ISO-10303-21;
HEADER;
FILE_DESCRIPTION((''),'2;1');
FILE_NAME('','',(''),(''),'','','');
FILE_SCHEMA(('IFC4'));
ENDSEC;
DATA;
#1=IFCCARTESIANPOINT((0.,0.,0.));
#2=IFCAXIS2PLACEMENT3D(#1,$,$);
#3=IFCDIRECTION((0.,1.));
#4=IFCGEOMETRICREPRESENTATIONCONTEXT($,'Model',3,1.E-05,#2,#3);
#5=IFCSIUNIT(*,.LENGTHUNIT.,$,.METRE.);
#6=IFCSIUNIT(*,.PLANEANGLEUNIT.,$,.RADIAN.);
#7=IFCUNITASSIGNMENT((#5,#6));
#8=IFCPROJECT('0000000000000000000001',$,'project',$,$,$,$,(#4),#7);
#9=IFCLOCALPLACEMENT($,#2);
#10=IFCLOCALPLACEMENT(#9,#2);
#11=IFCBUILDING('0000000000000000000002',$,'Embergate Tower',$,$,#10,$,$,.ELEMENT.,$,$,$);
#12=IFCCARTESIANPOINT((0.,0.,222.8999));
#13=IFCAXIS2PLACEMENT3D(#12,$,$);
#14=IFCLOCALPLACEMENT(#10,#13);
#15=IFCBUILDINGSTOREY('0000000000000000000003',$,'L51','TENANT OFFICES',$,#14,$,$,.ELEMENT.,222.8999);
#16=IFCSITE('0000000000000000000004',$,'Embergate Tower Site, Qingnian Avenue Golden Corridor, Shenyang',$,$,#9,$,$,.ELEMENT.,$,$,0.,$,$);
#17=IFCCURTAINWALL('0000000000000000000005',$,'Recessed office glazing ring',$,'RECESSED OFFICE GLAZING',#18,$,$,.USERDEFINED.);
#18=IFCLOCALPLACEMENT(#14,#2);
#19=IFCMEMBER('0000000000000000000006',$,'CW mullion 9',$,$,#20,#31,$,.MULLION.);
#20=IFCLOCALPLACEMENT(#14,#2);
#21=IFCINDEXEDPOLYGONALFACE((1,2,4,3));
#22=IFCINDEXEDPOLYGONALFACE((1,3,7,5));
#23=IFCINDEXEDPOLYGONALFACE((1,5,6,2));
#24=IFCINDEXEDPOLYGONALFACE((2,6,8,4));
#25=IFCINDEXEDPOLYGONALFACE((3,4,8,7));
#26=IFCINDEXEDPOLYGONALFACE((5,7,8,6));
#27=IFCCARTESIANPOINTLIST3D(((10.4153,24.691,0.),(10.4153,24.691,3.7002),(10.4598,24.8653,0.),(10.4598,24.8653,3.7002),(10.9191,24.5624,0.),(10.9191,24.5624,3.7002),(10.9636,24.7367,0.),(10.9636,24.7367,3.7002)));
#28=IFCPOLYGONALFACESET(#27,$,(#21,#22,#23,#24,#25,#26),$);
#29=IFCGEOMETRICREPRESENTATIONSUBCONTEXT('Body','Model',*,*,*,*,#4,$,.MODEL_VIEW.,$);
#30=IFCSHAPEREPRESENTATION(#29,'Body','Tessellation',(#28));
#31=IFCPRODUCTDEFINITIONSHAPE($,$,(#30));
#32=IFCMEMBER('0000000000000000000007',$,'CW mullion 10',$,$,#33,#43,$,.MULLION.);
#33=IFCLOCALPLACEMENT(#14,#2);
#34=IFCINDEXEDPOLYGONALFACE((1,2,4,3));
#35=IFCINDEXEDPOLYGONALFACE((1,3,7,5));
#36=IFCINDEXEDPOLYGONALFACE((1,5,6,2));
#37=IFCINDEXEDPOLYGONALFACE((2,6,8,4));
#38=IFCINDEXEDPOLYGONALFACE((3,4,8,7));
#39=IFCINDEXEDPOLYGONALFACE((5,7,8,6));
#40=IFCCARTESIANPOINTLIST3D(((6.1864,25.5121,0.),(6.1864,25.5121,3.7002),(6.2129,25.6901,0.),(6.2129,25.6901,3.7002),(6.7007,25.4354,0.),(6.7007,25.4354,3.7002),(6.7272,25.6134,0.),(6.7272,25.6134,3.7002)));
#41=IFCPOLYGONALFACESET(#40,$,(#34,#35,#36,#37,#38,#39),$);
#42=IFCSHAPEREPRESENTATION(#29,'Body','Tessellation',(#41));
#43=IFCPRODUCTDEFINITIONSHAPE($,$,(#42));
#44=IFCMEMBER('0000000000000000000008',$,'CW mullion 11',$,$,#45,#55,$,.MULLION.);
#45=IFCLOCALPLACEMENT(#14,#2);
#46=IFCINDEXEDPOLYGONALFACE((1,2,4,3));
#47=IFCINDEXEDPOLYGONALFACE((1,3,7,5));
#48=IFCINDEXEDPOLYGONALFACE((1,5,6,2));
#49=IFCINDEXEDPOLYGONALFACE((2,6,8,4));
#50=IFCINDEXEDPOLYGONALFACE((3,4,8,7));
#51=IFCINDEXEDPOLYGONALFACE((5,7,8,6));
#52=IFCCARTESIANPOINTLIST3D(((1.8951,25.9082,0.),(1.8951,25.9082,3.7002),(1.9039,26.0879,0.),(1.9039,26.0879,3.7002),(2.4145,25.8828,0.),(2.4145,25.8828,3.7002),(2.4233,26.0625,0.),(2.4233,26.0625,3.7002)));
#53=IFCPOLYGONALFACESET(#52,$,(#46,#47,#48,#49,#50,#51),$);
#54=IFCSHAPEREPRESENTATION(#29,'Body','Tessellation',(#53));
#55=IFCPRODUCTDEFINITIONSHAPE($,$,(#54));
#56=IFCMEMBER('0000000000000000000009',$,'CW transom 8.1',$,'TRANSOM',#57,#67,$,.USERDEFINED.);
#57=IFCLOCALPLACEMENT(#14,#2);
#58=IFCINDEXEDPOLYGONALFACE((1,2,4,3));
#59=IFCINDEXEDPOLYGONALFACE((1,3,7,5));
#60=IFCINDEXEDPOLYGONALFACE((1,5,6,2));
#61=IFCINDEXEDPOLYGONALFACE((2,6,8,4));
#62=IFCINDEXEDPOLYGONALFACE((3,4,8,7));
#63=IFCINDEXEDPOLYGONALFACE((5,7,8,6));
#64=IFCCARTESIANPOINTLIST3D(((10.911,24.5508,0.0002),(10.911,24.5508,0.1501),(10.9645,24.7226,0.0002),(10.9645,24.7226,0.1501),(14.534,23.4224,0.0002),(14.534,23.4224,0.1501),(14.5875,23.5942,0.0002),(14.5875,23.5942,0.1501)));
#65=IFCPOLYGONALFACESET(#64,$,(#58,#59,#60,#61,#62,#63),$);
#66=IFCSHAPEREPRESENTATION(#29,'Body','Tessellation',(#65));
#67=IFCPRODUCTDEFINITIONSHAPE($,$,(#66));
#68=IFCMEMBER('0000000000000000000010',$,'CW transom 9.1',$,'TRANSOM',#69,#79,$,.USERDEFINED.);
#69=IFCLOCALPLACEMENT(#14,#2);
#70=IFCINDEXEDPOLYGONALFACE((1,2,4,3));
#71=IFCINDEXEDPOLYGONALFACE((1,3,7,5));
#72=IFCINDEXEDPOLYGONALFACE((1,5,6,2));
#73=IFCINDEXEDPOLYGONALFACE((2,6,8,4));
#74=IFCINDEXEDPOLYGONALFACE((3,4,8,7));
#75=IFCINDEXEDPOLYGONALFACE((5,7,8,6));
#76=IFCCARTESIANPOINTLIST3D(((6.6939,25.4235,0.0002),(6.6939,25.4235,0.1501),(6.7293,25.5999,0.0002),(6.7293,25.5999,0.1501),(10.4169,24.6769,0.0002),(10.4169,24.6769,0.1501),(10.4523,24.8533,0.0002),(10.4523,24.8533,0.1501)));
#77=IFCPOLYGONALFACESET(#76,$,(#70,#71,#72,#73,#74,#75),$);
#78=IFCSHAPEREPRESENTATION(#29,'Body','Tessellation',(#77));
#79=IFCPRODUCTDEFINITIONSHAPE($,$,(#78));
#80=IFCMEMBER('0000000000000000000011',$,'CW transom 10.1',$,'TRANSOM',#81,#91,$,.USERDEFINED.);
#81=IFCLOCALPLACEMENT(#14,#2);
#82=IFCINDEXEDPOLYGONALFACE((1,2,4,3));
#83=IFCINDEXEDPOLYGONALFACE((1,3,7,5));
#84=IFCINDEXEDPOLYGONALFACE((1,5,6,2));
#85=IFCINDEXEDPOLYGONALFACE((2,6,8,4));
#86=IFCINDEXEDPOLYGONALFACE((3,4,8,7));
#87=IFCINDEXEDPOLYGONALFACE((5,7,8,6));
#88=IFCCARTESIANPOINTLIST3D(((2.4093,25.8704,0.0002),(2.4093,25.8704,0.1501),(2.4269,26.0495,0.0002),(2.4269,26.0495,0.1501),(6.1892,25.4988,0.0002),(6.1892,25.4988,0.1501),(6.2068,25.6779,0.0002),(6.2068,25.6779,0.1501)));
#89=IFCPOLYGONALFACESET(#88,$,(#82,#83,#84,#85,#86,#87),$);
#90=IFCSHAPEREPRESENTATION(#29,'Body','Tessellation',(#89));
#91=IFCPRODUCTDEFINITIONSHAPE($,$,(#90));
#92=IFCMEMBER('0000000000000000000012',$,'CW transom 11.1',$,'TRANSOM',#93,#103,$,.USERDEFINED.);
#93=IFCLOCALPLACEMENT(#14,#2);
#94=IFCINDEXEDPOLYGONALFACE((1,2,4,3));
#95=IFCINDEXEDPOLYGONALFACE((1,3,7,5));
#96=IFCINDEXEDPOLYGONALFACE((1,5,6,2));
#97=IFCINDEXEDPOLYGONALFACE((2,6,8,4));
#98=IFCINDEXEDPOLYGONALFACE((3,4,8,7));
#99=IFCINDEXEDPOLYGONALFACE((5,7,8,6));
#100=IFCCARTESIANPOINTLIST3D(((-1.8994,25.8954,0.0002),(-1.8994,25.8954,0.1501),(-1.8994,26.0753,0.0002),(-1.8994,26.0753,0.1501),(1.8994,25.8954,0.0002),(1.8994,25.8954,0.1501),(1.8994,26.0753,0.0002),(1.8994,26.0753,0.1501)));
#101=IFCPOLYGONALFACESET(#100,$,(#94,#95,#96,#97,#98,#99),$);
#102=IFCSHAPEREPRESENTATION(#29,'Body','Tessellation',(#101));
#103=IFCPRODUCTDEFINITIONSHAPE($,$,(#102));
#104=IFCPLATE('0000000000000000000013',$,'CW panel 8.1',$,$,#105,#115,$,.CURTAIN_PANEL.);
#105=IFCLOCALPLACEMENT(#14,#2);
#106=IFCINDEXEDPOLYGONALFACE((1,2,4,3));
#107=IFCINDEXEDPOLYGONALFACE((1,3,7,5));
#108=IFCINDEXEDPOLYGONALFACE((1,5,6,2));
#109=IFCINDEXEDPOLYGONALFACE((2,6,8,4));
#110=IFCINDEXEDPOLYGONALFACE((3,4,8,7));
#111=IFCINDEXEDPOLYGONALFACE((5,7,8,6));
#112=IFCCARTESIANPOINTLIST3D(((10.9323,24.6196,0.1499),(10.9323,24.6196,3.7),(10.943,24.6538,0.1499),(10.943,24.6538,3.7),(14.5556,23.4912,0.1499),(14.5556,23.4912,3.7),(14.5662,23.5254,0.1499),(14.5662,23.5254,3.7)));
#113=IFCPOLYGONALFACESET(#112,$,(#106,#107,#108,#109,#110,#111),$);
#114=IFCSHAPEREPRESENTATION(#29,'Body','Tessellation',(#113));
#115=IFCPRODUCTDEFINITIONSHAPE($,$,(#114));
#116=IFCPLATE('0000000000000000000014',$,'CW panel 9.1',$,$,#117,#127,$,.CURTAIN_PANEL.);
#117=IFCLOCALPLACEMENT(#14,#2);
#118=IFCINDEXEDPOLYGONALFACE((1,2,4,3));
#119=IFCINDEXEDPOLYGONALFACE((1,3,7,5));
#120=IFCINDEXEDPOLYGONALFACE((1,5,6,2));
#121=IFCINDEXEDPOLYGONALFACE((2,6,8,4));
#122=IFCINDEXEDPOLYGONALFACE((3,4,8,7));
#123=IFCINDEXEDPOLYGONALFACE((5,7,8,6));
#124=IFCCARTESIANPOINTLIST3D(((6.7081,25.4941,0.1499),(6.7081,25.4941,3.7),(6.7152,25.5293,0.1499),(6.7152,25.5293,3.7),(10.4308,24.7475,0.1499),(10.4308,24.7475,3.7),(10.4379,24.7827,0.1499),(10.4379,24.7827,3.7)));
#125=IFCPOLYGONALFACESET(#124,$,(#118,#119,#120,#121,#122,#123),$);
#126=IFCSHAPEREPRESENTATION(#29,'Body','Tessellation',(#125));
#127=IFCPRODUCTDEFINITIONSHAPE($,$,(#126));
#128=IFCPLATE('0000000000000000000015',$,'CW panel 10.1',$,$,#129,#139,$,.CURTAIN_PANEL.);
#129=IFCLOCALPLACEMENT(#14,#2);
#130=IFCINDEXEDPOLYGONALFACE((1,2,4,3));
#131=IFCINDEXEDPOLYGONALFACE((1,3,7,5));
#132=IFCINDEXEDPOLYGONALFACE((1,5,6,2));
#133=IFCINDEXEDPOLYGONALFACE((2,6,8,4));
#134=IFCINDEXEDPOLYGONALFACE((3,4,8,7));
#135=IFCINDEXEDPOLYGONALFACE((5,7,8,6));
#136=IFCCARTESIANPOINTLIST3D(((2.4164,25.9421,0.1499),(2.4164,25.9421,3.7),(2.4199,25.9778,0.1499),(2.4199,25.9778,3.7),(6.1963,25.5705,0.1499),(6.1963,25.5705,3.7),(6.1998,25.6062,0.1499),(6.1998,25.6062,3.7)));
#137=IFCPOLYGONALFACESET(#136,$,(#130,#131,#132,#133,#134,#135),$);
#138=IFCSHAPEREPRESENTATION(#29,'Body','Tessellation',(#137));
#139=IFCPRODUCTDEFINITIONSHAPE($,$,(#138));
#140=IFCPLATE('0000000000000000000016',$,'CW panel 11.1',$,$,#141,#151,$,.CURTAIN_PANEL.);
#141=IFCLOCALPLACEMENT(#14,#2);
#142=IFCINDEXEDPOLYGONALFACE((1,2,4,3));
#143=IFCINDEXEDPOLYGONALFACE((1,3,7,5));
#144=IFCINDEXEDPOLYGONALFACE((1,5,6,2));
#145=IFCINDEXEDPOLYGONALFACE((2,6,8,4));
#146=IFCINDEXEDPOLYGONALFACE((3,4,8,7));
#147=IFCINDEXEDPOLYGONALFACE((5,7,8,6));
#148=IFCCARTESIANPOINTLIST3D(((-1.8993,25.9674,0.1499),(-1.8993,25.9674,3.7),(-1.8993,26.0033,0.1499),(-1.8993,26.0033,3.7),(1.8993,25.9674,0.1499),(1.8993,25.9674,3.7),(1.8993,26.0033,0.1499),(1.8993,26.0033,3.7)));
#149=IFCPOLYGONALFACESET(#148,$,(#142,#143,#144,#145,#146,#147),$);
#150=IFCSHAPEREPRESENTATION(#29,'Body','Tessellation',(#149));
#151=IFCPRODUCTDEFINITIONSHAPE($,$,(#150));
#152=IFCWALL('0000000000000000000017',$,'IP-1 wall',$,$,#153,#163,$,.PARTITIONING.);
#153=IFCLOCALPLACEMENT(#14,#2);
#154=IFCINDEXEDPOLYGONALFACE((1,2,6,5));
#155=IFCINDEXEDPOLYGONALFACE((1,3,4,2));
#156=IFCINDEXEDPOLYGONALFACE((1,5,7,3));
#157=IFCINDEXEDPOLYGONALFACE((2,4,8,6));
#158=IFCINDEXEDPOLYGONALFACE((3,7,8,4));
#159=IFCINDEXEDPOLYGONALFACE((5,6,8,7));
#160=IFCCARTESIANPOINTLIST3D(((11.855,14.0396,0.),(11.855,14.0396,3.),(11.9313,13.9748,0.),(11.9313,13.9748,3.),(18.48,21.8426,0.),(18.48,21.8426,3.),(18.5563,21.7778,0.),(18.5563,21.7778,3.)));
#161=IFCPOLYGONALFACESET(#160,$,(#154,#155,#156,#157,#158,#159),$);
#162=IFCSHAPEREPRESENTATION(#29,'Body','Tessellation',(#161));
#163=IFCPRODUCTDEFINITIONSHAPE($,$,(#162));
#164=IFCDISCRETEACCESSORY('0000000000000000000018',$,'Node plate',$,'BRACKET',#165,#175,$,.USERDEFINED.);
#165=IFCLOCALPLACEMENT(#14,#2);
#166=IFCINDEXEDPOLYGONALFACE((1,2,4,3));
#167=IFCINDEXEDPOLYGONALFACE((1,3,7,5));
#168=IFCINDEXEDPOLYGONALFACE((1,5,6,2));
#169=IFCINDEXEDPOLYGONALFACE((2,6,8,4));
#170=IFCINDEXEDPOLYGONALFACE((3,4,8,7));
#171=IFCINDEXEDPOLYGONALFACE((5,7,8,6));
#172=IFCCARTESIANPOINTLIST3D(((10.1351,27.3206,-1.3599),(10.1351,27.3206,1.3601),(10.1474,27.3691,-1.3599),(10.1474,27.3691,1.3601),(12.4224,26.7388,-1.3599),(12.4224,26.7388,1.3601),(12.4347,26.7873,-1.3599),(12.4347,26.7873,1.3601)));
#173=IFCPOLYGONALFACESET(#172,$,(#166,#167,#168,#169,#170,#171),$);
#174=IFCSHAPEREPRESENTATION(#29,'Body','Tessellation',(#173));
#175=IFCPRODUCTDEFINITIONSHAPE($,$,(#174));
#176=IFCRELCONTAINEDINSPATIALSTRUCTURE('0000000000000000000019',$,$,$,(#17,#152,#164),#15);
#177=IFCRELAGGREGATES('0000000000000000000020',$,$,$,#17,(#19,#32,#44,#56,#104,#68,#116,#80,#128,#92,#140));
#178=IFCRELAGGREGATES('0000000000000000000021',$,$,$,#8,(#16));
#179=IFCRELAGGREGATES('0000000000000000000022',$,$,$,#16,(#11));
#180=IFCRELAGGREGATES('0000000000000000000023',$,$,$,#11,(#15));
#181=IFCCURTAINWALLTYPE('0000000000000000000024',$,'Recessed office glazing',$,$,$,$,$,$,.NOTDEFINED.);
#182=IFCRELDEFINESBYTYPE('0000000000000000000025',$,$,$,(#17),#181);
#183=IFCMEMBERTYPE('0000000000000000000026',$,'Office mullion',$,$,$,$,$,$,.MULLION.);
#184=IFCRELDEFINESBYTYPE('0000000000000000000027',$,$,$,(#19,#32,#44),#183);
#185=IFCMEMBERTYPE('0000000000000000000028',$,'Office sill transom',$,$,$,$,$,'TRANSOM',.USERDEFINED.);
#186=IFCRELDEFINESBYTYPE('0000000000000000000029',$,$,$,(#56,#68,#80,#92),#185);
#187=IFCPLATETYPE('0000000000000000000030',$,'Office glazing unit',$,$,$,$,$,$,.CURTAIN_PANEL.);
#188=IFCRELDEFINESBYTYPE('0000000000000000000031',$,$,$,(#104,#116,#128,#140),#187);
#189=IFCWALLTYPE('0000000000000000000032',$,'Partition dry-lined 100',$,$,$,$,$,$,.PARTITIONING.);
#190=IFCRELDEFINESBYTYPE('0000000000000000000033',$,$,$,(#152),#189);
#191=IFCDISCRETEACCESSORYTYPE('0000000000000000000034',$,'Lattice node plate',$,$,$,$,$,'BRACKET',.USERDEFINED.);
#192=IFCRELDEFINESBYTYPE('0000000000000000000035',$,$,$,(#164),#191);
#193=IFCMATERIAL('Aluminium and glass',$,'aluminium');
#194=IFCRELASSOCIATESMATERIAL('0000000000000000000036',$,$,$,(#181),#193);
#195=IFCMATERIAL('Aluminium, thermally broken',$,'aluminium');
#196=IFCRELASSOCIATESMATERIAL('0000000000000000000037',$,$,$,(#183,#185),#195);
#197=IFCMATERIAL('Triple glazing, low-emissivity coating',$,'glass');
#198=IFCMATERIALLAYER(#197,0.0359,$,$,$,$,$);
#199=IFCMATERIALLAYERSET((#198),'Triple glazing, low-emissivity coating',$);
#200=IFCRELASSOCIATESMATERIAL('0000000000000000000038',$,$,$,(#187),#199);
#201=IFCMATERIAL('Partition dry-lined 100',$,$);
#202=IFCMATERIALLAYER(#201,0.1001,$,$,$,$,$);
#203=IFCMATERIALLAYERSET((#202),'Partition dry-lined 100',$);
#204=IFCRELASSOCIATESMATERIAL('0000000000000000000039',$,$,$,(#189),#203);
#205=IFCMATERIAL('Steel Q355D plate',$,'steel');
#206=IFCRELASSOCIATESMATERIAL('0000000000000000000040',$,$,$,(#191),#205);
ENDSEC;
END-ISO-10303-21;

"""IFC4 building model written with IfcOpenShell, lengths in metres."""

from ifc_helpers import new_model, si_unit, direction, frame, frame_2d, origin, origin_2d, place, context, subcontext, project, spatial, rectangle, extrude, source, transform, mapped, material, layer, layer_set, material_profile, profile_set, type_object, element, aggregate, save


model = new_model("IFC4")

# Units and contexts
model_context = context("Model", 3, precision=1e-05, world=origin(), true_north=direction((0.0, 1.0)))
body_context = subcontext(model_context, "Body", "Model", "MODEL_VIEW")
ifc_project = project(units=[si_unit("LENGTHUNIT", "METRE"), si_unit("PLANEANGLEUNIT", "RADIAN")], contexts=[model_context])

# Site, building, storey
site_placement = place(None, origin())
site = spatial("IfcSite", under=ifc_project, at=site_placement, Name="Embergate Tower Site, Qingnian Avenue Golden Corridor, Shenyang", CompositionType="ELEMENT", RefElevation=0.0)
building_placement = place(site_placement, origin())
building = spatial("IfcBuilding", under=site, at=building_placement, Name="Embergate Tower", CompositionType="ELEMENT")
storey_placement = place(building_placement, frame((0.0, 0.0, 222.8999)))
storey = spatial("IfcBuildingStorey", under=building, at=storey_placement, Name="L51", Description="TENANT OFFICES", CompositionType="ELEMENT", Elevation=222.8999)

# Curtain wall, members, plates
ifc_material_1 = material(Name="Aluminium and glass", Category="aluminium")
curtain_wall_type = type_object("IfcCurtainWallType", Name="Recessed office glazing", PredefinedType="NOTDEFINED", material=ifc_material_1)
curtain_wall_placement = place(storey_placement, origin())
curtain_wall = element("IfcCurtainWall", 1, at=curtain_wall_placement, inside=storey, type_object=curtain_wall_type, Name="Recessed office glazing ring", ObjectType="RECESSED OFFICE GLAZING", PredefinedType="USERDEFINED")
ifc_material_2 = material(Name="Aluminium, thermally broken", Category="aluminium")
ifc_material_profile_1 = material_profile(ifc_material_2, rectangle(XDim=0.1799, YDim=0.52, at=origin_2d()), Name="AL 520x180")
ifc_profile_set_1 = profile_set([ifc_material_profile_1], Name="Aluminium, thermally broken")
member_type_1 = type_object("IfcMemberType", Name="Office mullion", PredefinedType="MULLION", material=ifc_profile_set_1)
shared_shape_1 = source(origin(), body_context, "Body", "SweptSolid", [
    extrude(rectangle(XDim=0.1799, YDim=0.52, at=origin_2d()), origin(), (0.0, 0.0, 1.0), 3.7002),
])
member_1_placement = place(storey_placement, frame((10.6895, 24.7139, 0.0), z_axis=(0.0, 0.0, 1.0), x_axis=(-0.247314, -0.968935, 0.0)))
member_1 = element("IfcMember", 2, at=member_1_placement, type_object=member_type_1, Name="CW mullion 9", PredefinedType="MULLION", context=body_context, shape_type="MappedRepresentation", body=[
    mapped(shared_shape_1, transform((0.0, 0.0, 0.0))),
])
member_2_placement = place(storey_placement, frame((6.4568, 25.5627, 0.0), z_axis=(0.0, 0.0, 1.0), x_axis=(-0.147414, -0.989075, 0.0)))
member_2 = element("IfcMember", 3, at=member_2_placement, type_object=member_type_1, Name="CW mullion 10", PredefinedType="MULLION", context=body_context, shape_type="MappedRepresentation", body=[
    mapped(shared_shape_1, transform((0.0, 0.0, 0.0))),
])
member_3_placement = place(storey_placement, frame((2.1592, 25.9854, 0.0), z_axis=(0.0, 0.0, 1.0), x_axis=(-0.048972, -0.9988, 0.0)))
member_3 = element("IfcMember", 4, at=member_3_placement, type_object=member_type_1, Name="CW mullion 11", PredefinedType="MULLION", context=body_context, shape_type="MappedRepresentation", body=[
    mapped(shared_shape_1, transform((0.0, 0.0, 0.0))),
])
ifc_material_profile_2 = material_profile(ifc_material_2, rectangle(XDim=0.1799, YDim=0.1499, at=origin_2d()), Name="AL 150x180")
ifc_profile_set_2 = profile_set([ifc_material_profile_2], Name="Aluminium, thermally broken")
member_type_2 = type_object("IfcMemberType", Name="Office sill transom", ElementType="TRANSOM", PredefinedType="USERDEFINED", material=ifc_profile_set_2)
shared_shape_2 = source(origin(), body_context, "Body", "SweptSolid", [
    extrude(rectangle(XDim=0.1799, YDim=0.1499, at=origin_2d()), origin(), (0.0, 0.0, 1.0), 3.7947),
])
member_4_placement = place(storey_placement, frame((14.5608, 23.5083, 0.0752), z_axis=(-0.954763, 0.297366, 0.0), x_axis=(-0.297366, -0.954763, 0.0)))
member_4 = element("IfcMember", 5, at=member_4_placement, type_object=member_type_2, Name="CW transom 8.1", ObjectType="TRANSOM", PredefinedType="USERDEFINED", context=body_context, shape_type="MappedRepresentation", body=[
    mapped(shared_shape_2, transform((0.0, 0.0, 0.0))),
])
shared_shape_3 = source(origin(), body_context, "Body", "SweptSolid", [
    extrude(rectangle(XDim=0.1799, YDim=0.1499, at=origin_2d()), origin(), (0.0, 0.0, 1.0), 3.7971),
])
member_5_placement = place(storey_placement, frame((10.4346, 24.7651, 0.0752), z_axis=(-0.980479, 0.196623, 0.0), x_axis=(-0.196623, -0.980479, 0.0)))
member_5 = element("IfcMember", 6, at=member_5_placement, type_object=member_type_2, Name="CW transom 9.1", ObjectType="TRANSOM", PredefinedType="USERDEFINED", context=body_context, shape_type="MappedRepresentation", body=[
    mapped(shared_shape_3, transform((0.0, 0.0, 0.0))),
])
shared_shape_4 = source(origin(), body_context, "Body", "SweptSolid", [
    extrude(rectangle(XDim=0.1799, YDim=0.1499, at=origin_2d()), origin(), (0.0, 0.0, 1.0), 3.7981),
])
member_6_placement = place(storey_placement, frame((6.198, 25.5884, 0.0752), z_axis=(-0.995203, 0.097836, 0.0), x_axis=(-0.097836, -0.995203, 0.0)))
member_6 = element("IfcMember", 7, at=member_6_placement, type_object=member_type_2, Name="CW transom 10.1", ObjectType="TRANSOM", PredefinedType="USERDEFINED", context=body_context, shape_type="MappedRepresentation", body=[
    mapped(shared_shape_4, transform((0.0, 0.0, 0.0))),
])
shared_shape_5 = source(origin(), body_context, "Body", "SweptSolid", [
    extrude(rectangle(XDim=0.1799, YDim=0.1499, at=origin_2d()), origin(), (0.0, 0.0, 1.0), 3.7988),
])
member_7_placement = place(storey_placement, frame((1.8994, 25.9854, 0.0752), z_axis=(-1.0, 0.0, 0.0), x_axis=(0.0, -1.0, 0.0)))
member_7 = element("IfcMember", 8, at=member_7_placement, type_object=member_type_2, Name="CW transom 11.1", ObjectType="TRANSOM", PredefinedType="USERDEFINED", context=body_context, shape_type="MappedRepresentation", body=[
    mapped(shared_shape_5, transform((0.0, 0.0, 0.0))),
])
ifc_material_3 = material(Name="Triple glazing, low-emissivity coating", Category="glass")
ifc_layer_1 = layer(ifc_material_3, 0.0359)
ifc_layer_set_1 = layer_set([ifc_layer_1], Name="Triple glazing, low-emissivity coating")
plate_type = type_object("IfcPlateType", Name="Office glazing unit", PredefinedType="CURTAIN_PANEL", material=ifc_layer_set_1)
shared_shape_6 = source(origin(), body_context, "Body", "SweptSolid", [
    extrude(rectangle(XDim=3.7949, YDim=0.0359, at=origin_2d()), origin(), (0.0, 0.0, 1.0), 3.55),
])
plate_1_placement = place(storey_placement, frame((12.7493, 24.0725, 0.1499), z_axis=(0.0, 0.0, 1.0), x_axis=(-0.954771, 0.297343, 0.0)))
plate_1 = element("IfcPlate", 9, at=plate_1_placement, type_object=plate_type, Name="CW panel 8.1", PredefinedType="CURTAIN_PANEL", context=body_context, shape_type="MappedRepresentation", body=[
    mapped(shared_shape_6, transform((0.0, 0.0, 0.0))),
])
shared_shape_7 = source(origin(), body_context, "Body", "SweptSolid", [
    extrude(rectangle(XDim=3.7969, YDim=0.0359, at=origin_2d()), origin(), (0.0, 0.0, 1.0), 3.55),
])
plate_2_placement = place(storey_placement, frame((8.573, 25.1384, 0.1499), z_axis=(0.0, 0.0, 1.0), x_axis=(-0.980475, 0.196643, 0.0)))
plate_2 = element("IfcPlate", 10, at=plate_2_placement, type_object=plate_type, Name="CW panel 9.1", PredefinedType="CURTAIN_PANEL", context=body_context, shape_type="MappedRepresentation", body=[
    mapped(shared_shape_7, transform((0.0, 0.0, 0.0))),
])
shared_shape_8 = source(origin(), body_context, "Body", "SweptSolid", [
    extrude(rectangle(XDim=3.7981, YDim=0.0359, at=origin_2d()), origin(), (0.0, 0.0, 1.0), 3.55),
])
plate_3_placement = place(storey_placement, frame((4.3081, 25.7742, 0.1499), z_axis=(0.0, 0.0, 1.0), x_axis=(-0.995203, 0.097831, 0.0)))
plate_3 = element("IfcPlate", 11, at=plate_3_placement, type_object=plate_type, Name="CW panel 10.1", PredefinedType="CURTAIN_PANEL", context=body_context, shape_type="MappedRepresentation", body=[
    mapped(shared_shape_8, transform((0.0, 0.0, 0.0))),
])
shared_shape_9 = source(origin(), body_context, "Body", "SweptSolid", [
    extrude(rectangle(XDim=3.7986, YDim=0.0359, at=origin_2d()), origin(), (0.0, 0.0, 1.0), 3.55),
])
plate_4_placement = place(storey_placement, frame((0.0, 25.9854, 0.1499), z_axis=(0.0, 0.0, 1.0), x_axis=(-1.0, 0.0, 0.0)))
plate_4 = element("IfcPlate", 12, at=plate_4_placement, type_object=plate_type, Name="CW panel 11.1", PredefinedType="CURTAIN_PANEL", context=body_context, shape_type="MappedRepresentation", body=[
    mapped(shared_shape_9, transform((0.0, 0.0, 0.0))),
])
aggregate(curtain_wall, [member_1, member_2, member_3, member_4, plate_1, member_5, plate_2, member_6, plate_3, member_7, plate_4])

# Wall
ifc_material_4 = material(Name="Partition dry-lined 100")
ifc_layer_2 = layer(ifc_material_4, 0.1001)
ifc_layer_set_2 = layer_set([ifc_layer_2], Name="Partition dry-lined 100")
wall_type = type_object("IfcWallType", Name="Partition dry-lined 100", PredefinedType="PARTITIONING", material=ifc_layer_set_2)
shared_shape_10 = source(origin(), body_context, "Body", "SweptSolid", [
    extrude(rectangle(XDim=10.2361, YDim=0.1001, at=frame_2d((5.1182, 0.0))), origin(), (0.0, 0.0, 1.0), 3.0),
])
wall_placement = place(storey_placement, frame((11.8931, 14.0071, 0.0), z_axis=(0.0, 0.0, 1.0), x_axis=(0.647221, 0.762302, 0.0)))
element("IfcWall", 13, at=wall_placement, inside=storey, type_object=wall_type, Name="IP-1 wall", PredefinedType="PARTITIONING", context=body_context, shape_type="MappedRepresentation", body=[
    mapped(shared_shape_10, transform((0.0, 0.0, 0.0))),
])

# Discrete accessory
ifc_material_5 = material(Name="Steel Q355D plate", Category="steel")
discrete_accessory_type = type_object("IfcDiscreteAccessoryType", Name="Lattice node plate", ElementType="BRACKET", PredefinedType="USERDEFINED", material=ifc_material_5)
shared_shape_11 = source(origin(), body_context, "Body", "SweptSolid", [
    extrude(rectangle(XDim=2.3601, YDim=0.05, at=origin_2d()), origin(), (0.0, 0.0, 1.0), 2.72),
])
discrete_accessory_placement = place(storey_placement, frame((11.2849, 27.054, -1.3599), z_axis=(0.0, 0.0, 1.0), x_axis=(-0.969141, 0.246509, 0.0)))
element("IfcDiscreteAccessory", 14, at=discrete_accessory_placement, inside=storey, type_object=discrete_accessory_type, Name="Node plate", ObjectType="BRACKET", PredefinedType="USERDEFINED", context=body_context, shape_type="MappedRepresentation", body=[
    mapped(shared_shape_11, transform((0.0, 0.0, 0.0))),
])

save(model, "model.ifc")
